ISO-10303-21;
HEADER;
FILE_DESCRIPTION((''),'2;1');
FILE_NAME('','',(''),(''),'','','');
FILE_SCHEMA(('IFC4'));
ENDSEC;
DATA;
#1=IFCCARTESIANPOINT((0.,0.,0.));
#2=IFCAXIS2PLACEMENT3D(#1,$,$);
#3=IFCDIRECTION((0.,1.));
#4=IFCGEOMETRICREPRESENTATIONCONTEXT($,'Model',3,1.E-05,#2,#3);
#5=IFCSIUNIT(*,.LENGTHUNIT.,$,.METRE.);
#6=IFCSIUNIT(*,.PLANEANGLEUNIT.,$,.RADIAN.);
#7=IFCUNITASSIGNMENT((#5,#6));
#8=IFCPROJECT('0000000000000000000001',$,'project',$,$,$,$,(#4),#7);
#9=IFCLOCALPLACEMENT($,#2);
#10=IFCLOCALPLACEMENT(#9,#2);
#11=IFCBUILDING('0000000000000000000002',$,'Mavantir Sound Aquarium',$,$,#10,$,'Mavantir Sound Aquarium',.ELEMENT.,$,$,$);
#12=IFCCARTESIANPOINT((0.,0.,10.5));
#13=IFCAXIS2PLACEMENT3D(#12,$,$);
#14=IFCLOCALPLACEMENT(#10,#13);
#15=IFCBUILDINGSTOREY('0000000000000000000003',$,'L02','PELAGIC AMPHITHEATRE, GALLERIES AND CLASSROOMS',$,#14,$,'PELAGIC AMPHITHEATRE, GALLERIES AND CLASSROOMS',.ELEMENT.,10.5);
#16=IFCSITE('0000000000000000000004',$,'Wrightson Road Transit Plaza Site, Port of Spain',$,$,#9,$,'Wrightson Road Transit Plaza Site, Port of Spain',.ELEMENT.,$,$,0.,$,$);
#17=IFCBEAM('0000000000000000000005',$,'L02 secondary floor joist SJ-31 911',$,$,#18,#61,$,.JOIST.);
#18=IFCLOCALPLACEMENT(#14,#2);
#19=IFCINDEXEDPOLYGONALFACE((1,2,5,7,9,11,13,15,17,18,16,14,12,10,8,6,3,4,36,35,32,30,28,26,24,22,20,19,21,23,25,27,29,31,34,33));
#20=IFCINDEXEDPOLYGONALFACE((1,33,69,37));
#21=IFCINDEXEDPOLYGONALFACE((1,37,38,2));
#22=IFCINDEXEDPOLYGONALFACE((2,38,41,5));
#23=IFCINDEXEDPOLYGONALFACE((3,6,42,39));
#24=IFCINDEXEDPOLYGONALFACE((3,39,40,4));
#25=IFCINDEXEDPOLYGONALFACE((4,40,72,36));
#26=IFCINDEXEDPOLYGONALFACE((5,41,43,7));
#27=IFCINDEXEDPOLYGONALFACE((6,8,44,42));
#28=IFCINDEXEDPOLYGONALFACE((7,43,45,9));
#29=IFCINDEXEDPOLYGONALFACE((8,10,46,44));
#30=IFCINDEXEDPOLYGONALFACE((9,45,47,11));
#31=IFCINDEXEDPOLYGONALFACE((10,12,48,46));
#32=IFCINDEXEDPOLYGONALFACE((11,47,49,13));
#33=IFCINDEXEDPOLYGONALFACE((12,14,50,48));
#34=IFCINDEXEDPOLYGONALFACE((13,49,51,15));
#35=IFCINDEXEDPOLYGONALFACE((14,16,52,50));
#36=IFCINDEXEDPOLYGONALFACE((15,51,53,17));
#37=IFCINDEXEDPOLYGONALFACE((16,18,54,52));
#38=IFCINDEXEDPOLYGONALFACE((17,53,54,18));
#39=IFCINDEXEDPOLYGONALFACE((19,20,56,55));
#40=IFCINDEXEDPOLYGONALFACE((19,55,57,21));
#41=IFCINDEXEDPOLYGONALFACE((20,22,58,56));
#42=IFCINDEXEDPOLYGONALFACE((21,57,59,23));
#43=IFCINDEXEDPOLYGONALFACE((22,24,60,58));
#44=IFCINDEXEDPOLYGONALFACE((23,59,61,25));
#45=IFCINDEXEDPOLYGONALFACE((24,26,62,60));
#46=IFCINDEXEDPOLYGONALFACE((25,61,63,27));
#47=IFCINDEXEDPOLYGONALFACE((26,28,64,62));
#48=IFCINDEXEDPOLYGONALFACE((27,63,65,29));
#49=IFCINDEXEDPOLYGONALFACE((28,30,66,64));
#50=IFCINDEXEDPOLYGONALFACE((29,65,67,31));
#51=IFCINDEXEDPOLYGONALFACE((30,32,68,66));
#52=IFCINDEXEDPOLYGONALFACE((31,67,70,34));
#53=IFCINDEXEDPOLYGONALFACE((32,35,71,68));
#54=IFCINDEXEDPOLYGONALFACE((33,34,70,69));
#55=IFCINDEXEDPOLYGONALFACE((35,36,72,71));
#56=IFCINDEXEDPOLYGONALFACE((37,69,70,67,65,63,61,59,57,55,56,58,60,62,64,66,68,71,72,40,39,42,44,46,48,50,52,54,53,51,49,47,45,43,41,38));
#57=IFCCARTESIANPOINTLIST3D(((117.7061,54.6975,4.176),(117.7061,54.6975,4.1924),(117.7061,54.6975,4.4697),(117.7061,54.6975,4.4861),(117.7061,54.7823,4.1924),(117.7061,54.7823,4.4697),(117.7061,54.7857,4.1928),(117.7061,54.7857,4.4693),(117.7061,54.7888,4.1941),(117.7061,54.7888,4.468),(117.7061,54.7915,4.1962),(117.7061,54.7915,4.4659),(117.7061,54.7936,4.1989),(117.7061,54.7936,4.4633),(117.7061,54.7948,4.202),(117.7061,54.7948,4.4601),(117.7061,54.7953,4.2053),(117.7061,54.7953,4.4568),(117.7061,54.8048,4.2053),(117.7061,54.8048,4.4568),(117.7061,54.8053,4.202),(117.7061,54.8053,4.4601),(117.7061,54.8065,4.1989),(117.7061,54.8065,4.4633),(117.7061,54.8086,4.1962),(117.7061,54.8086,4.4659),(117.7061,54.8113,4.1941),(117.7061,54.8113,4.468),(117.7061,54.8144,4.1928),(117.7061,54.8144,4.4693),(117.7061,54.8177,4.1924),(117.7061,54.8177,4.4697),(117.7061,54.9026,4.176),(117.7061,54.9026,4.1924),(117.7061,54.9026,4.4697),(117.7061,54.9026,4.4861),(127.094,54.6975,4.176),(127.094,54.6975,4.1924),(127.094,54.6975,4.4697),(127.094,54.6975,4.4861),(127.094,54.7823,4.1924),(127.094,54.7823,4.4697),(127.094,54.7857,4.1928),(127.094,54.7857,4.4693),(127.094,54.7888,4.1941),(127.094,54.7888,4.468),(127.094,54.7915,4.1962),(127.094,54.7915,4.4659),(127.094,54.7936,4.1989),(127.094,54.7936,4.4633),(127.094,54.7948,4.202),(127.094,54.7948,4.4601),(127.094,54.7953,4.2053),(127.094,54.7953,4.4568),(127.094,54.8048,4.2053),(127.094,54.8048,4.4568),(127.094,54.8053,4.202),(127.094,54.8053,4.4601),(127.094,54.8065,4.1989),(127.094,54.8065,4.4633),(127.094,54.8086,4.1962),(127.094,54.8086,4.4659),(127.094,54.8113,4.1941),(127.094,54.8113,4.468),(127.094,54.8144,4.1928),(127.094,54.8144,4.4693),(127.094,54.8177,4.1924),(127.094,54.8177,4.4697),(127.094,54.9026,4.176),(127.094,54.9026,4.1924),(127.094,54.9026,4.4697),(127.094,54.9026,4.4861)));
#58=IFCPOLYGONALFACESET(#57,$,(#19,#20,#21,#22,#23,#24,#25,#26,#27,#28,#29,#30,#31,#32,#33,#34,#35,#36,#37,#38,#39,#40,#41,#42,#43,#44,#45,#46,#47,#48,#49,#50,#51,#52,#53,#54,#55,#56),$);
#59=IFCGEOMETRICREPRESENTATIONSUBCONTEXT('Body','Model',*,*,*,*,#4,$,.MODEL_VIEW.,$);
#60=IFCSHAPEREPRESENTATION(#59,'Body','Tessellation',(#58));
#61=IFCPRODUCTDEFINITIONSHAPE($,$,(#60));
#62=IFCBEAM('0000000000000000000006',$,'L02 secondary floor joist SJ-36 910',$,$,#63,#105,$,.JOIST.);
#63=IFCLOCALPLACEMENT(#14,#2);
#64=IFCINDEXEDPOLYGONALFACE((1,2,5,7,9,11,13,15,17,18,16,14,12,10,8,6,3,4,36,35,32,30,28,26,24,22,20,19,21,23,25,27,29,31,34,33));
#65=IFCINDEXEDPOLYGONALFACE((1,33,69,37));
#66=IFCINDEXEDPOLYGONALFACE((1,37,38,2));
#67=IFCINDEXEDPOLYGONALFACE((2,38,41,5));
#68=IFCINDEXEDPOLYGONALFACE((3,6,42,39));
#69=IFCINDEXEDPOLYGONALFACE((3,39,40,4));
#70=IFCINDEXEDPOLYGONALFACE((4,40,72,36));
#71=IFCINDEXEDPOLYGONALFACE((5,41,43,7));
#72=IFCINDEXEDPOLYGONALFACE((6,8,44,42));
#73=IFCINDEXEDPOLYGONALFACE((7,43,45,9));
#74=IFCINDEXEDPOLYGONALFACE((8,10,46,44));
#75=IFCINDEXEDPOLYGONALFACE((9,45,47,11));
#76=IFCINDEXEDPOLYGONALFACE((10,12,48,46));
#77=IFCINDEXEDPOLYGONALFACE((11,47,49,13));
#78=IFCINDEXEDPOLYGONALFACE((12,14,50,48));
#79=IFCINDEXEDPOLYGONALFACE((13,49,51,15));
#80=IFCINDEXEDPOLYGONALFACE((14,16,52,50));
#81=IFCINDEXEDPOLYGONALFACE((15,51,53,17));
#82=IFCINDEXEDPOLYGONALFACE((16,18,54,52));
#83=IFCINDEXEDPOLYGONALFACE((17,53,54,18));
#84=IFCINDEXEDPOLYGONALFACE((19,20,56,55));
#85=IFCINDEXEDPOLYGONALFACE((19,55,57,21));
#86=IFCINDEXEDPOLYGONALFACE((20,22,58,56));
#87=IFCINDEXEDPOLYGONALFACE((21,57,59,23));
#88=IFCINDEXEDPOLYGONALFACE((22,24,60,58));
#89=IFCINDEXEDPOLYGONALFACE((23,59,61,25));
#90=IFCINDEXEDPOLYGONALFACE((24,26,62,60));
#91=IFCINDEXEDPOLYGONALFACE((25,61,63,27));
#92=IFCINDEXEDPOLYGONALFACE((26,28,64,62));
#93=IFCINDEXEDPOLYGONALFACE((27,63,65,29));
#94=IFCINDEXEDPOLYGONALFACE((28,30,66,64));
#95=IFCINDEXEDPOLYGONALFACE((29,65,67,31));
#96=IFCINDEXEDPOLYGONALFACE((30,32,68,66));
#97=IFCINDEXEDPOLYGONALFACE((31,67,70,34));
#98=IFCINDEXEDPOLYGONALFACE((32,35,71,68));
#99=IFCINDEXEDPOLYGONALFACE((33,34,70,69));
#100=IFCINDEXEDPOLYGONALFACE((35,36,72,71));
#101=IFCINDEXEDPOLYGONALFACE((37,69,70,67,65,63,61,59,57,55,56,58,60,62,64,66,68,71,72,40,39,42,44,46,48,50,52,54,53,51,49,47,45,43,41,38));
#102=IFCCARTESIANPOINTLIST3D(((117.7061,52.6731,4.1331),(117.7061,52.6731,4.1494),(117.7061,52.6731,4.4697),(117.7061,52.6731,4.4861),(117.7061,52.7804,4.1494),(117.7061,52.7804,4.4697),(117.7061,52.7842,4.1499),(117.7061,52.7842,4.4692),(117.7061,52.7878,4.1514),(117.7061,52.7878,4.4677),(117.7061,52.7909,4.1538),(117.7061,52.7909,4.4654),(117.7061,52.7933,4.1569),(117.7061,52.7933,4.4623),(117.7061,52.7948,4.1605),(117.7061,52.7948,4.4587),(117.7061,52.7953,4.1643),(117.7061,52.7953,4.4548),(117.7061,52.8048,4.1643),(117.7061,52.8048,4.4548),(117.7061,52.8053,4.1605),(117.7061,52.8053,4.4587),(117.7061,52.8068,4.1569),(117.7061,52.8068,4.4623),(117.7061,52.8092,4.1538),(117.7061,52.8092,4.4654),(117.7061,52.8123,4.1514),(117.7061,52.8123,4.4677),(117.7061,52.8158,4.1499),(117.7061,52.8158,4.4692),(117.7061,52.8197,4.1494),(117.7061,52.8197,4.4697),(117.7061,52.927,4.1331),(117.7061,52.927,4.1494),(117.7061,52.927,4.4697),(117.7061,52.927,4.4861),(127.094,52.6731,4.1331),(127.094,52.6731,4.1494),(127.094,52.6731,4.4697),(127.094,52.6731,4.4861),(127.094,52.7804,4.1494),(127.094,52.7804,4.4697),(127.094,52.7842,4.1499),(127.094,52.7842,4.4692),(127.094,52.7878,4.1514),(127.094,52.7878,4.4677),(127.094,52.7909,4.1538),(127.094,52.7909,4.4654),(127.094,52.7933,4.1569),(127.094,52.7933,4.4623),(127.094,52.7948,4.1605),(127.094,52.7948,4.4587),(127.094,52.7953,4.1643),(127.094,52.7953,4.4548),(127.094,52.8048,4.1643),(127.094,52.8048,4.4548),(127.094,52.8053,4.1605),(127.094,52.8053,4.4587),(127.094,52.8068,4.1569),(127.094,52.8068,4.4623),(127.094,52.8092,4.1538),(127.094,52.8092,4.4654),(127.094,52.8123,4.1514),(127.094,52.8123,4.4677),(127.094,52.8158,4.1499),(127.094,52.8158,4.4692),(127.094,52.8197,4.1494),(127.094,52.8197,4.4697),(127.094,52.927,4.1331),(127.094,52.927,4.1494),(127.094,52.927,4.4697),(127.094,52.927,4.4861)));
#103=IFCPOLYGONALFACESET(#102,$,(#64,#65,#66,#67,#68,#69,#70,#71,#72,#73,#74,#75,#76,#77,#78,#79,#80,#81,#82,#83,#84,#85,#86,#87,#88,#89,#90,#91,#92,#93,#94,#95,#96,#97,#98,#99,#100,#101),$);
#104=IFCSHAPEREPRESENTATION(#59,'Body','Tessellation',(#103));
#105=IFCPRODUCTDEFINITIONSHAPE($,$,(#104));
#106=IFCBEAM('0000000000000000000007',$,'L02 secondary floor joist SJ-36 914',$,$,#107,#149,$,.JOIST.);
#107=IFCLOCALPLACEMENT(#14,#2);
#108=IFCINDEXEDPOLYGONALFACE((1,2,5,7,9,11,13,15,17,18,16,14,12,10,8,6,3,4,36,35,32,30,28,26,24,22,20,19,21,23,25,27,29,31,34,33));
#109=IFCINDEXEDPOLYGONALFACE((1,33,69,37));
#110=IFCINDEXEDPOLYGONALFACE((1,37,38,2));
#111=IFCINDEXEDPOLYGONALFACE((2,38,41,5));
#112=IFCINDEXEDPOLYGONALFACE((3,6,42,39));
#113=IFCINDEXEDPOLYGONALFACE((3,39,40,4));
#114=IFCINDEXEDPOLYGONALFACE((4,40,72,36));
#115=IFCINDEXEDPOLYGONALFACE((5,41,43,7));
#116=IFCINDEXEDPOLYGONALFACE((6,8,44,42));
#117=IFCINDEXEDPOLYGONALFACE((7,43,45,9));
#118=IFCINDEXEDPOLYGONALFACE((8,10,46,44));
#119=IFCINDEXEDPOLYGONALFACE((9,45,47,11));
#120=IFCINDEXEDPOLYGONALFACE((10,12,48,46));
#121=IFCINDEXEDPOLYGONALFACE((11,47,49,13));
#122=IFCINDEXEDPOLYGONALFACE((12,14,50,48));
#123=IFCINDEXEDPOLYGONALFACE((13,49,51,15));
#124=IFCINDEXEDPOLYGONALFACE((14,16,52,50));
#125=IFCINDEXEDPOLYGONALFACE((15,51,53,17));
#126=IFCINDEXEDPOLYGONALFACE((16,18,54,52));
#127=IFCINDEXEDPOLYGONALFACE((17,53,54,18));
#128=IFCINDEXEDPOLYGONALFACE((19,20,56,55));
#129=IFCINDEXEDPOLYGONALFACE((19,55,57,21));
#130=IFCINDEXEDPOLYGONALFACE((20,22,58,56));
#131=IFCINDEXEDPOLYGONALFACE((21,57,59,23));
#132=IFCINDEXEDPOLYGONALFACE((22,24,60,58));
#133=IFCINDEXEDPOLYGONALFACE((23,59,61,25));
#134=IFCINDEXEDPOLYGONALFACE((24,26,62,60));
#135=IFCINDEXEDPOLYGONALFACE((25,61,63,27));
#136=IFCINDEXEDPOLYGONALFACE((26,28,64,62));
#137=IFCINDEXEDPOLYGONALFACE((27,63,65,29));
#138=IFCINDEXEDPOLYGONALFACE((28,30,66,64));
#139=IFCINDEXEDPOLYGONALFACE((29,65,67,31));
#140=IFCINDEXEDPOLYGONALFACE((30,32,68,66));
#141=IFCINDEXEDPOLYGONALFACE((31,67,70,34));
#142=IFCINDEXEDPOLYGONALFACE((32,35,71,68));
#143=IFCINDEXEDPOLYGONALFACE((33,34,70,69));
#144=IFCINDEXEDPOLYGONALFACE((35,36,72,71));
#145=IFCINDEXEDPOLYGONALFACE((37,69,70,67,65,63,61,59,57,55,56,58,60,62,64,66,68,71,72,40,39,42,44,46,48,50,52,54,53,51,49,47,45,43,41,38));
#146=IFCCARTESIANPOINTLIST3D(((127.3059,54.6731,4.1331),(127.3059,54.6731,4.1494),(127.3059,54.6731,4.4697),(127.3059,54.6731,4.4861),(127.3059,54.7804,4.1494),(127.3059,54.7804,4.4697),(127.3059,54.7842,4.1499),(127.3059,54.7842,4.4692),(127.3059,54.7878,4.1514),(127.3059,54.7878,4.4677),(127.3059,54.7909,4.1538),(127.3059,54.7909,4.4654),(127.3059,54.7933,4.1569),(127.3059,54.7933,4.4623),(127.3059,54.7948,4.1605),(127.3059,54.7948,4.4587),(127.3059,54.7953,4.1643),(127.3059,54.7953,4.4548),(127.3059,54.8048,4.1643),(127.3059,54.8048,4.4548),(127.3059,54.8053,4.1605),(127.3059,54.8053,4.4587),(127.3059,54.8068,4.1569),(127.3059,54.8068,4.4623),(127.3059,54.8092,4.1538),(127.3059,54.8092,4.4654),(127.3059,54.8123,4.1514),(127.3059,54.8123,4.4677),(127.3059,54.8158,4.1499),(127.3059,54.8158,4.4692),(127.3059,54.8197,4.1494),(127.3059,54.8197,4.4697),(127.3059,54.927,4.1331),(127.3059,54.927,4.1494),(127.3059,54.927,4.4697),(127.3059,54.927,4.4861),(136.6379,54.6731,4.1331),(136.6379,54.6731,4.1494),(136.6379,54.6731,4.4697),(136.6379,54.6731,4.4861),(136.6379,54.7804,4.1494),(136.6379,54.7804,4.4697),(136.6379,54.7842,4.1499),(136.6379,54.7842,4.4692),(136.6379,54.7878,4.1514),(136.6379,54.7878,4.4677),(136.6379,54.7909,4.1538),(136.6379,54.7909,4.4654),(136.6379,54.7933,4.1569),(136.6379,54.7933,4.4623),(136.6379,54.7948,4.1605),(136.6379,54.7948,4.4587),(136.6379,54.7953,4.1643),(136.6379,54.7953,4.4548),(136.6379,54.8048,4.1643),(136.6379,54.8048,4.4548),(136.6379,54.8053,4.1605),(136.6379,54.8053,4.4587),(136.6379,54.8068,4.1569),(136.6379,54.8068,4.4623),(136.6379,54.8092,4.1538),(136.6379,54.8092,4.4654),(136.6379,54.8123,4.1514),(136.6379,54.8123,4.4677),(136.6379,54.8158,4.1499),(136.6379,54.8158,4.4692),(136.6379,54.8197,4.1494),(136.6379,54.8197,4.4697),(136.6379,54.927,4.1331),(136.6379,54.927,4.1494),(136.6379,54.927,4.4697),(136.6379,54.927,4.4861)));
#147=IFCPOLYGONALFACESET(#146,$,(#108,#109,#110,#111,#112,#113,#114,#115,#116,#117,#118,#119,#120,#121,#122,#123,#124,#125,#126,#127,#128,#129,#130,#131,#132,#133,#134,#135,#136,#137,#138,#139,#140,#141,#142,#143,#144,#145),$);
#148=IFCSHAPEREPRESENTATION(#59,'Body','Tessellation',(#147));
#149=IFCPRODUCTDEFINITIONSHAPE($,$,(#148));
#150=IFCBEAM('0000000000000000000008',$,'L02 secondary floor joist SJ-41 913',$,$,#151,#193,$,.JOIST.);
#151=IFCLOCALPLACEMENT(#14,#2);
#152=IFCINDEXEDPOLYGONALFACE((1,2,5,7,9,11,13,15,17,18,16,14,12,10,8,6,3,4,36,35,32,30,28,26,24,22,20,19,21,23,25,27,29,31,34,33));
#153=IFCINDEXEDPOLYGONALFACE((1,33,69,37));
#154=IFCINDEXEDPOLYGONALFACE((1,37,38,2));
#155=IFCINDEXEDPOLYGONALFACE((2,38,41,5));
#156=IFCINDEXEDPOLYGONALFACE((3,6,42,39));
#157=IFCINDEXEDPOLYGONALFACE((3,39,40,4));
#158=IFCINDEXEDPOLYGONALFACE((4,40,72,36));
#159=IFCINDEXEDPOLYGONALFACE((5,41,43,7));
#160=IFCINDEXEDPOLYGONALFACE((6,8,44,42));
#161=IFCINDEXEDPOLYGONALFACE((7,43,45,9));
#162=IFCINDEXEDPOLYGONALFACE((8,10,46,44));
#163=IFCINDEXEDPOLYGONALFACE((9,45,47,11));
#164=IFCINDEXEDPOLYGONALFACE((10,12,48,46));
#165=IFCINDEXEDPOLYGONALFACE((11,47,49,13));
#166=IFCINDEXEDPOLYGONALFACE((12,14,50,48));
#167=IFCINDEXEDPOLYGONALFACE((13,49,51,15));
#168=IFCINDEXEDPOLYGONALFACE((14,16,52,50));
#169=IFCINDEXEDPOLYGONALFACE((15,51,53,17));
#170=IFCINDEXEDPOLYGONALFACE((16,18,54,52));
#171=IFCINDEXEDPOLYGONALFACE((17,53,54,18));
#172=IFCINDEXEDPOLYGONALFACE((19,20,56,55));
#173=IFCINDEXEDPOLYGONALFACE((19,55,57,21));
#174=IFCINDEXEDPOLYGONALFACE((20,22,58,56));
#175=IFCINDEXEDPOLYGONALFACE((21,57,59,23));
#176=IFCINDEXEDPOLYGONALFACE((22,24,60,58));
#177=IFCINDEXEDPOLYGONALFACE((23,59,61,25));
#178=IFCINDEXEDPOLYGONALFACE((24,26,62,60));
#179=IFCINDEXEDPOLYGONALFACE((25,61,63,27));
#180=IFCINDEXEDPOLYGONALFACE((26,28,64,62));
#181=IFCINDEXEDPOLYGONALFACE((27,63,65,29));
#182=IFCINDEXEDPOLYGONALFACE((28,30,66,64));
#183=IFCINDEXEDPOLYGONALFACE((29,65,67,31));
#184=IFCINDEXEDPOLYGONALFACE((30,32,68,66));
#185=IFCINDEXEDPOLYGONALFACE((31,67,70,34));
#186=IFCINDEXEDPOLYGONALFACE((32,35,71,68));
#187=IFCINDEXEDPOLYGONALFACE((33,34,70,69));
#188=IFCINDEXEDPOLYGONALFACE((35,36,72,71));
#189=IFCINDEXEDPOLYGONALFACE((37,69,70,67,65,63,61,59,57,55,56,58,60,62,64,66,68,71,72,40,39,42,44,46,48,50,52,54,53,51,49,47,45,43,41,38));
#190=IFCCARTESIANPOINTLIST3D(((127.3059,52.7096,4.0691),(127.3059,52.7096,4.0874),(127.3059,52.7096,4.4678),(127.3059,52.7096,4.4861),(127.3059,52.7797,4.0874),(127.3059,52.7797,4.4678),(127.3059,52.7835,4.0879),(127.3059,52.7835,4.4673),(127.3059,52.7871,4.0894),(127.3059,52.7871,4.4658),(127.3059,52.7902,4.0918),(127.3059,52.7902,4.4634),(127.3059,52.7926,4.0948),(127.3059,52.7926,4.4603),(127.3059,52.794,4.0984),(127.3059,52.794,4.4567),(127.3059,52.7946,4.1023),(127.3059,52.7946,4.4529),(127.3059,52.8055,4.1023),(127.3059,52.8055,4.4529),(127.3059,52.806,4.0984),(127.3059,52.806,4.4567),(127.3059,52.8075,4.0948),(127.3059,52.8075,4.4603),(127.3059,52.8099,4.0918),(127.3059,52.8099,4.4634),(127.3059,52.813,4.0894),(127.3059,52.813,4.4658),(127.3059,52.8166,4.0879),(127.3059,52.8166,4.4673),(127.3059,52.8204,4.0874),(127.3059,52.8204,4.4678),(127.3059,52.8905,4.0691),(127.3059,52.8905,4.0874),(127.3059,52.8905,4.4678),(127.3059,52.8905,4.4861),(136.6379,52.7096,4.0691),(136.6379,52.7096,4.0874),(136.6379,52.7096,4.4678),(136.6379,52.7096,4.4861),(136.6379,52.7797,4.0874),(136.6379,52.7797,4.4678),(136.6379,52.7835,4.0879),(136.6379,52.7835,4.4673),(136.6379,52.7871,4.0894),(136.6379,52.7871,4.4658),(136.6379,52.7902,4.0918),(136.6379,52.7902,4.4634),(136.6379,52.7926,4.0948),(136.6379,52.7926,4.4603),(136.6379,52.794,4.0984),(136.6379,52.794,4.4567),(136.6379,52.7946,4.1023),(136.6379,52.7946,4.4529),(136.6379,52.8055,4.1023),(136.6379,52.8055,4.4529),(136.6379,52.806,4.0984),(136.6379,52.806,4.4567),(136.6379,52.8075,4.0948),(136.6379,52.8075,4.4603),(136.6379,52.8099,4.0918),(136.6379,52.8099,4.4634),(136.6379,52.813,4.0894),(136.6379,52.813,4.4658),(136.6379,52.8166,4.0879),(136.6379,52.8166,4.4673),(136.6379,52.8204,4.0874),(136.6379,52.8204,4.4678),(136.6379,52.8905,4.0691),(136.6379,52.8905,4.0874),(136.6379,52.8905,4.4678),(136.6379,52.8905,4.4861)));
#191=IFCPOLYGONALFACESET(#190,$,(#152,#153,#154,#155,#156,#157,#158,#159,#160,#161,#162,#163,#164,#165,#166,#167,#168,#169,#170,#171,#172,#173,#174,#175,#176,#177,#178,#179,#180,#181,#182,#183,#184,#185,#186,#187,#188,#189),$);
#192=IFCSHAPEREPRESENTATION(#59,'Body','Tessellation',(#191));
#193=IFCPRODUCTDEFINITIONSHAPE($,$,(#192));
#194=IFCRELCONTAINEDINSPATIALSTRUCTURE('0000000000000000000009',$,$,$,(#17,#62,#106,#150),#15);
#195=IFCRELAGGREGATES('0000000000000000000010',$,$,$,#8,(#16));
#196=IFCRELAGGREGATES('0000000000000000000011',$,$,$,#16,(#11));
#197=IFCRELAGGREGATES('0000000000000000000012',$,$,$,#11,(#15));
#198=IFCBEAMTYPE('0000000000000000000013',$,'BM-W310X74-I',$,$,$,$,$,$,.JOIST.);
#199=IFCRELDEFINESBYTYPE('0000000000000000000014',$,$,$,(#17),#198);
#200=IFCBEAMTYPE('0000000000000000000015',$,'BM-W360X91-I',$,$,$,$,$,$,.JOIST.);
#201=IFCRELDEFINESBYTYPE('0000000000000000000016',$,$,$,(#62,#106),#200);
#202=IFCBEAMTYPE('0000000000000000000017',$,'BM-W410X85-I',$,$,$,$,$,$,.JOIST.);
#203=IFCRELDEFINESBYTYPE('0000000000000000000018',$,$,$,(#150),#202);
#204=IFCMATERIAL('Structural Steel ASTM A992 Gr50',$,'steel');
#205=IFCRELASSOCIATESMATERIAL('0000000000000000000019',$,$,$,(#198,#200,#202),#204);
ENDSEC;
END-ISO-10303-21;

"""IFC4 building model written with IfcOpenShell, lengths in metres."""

from ifc_helpers import new_model, si_unit, direction, frame, origin, origin_2d, place, context, subcontext, project, spatial, i_section, extrude, material, material_profile, profile_set, type_object, element, save


model = new_model("IFC4")

# Units and contexts
model_context = context("Model", 3, precision=1e-05, world=origin(), true_north=direction((0.0, 1.0)))
body_context = subcontext(model_context, "Body", "Model", "MODEL_VIEW")
ifc_project = project(units=[si_unit("LENGTHUNIT", "METRE"), si_unit("PLANEANGLEUNIT", "RADIAN")], contexts=[model_context])

# Site, building, storey
site_placement = place(None, origin())
site = spatial("IfcSite", under=ifc_project, at=site_placement, Name="Wrightson Road Transit Plaza Site, Port of Spain", LongName="Wrightson Road Transit Plaza Site, Port of Spain", CompositionType="ELEMENT", RefElevation=0.0)
building_placement = place(site_placement, origin())
building = spatial("IfcBuilding", under=site, at=building_placement, Name="Mavantir Sound Aquarium", LongName="Mavantir Sound Aquarium", CompositionType="ELEMENT")
storey_placement = place(building_placement, frame((0.0, 0.0, 10.5)))
storey = spatial("IfcBuildingStorey", under=building, at=storey_placement, Name="L02", Description="PELAGIC AMPHITHEATRE, GALLERIES AND CLASSROOMS", LongName="PELAGIC AMPHITHEATRE, GALLERIES AND CLASSROOMS", CompositionType="ELEMENT", Elevation=10.5)

# Beams
ifc_material_1 = material(Name="Structural Steel ASTM A992 Gr50", Category="steel")
ifc_material_profile_1 = material_profile(ifc_material_1, i_section(OverallWidth=0.2051, OverallDepth=0.3101, WebThickness=0.0095, FlangeThickness=0.0164, FilletRadius=0.0129, at=origin_2d()), Name="W310X74")
ifc_profile_set_1 = profile_set([ifc_material_profile_1], Name="Structural Steel ASTM A992 Gr50")
beam_type_1 = type_object("IfcBeamType", Name="BM-W310X74-I", PredefinedType="JOIST", material=ifc_profile_set_1)
beam_1_placement = place(storey_placement, frame((117.7061, 54.8, 4.3311), z_axis=(1.0, 0.0, 0.0), x_axis=(0.0, 1.0, 0.0)))
element("IfcBeam", 1, at=beam_1_placement, inside=storey, type_object=beam_type_1, Name="L02 secondary floor joist SJ-31 911", PredefinedType="JOIST", context=body_context, shape_type="SweptSolid", body=[
    extrude(i_section(OverallWidth=0.2051, OverallDepth=0.3101, WebThickness=0.0095, FlangeThickness=0.0164, FilletRadius=0.0129, at=origin_2d()), origin(), (0.0, 0.0, 1.0), 9.3879),
])
ifc_material_profile_2 = material_profile(ifc_material_1, i_section(OverallWidth=0.2539, OverallDepth=0.353, WebThickness=0.0095, FlangeThickness=0.0164, FilletRadius=0.0149, at=origin_2d()), Name="W360X91")
ifc_profile_set_2 = profile_set([ifc_material_profile_2], Name="Structural Steel ASTM A992 Gr50")
beam_type_2 = type_object("IfcBeamType", Name="BM-W360X91-I", PredefinedType="JOIST", material=ifc_profile_set_2)
beam_2_placement = place(storey_placement, frame((117.7061, 52.8, 4.3096), z_axis=(1.0, 0.0, 0.0), x_axis=(0.0, 1.0, 0.0)))
element("IfcBeam", 2, at=beam_2_placement, inside=storey, type_object=beam_type_2, Name="L02 secondary floor joist SJ-36 910", PredefinedType="JOIST", context=body_context, shape_type="SweptSolid", body=[
    extrude(i_section(OverallWidth=0.2539, OverallDepth=0.353, WebThickness=0.0095, FlangeThickness=0.0164, FilletRadius=0.0149, at=origin_2d()), origin(), (0.0, 0.0, 1.0), 9.3879),
])
beam_3_placement = place(storey_placement, frame((127.3059, 54.8, 4.3096), z_axis=(1.0, 0.0, 0.0), x_axis=(0.0, 1.0, 0.0)))
element("IfcBeam", 3, at=beam_3_placement, inside=storey, type_object=beam_type_2, Name="L02 secondary floor joist SJ-36 914", PredefinedType="JOIST", context=body_context, shape_type="SweptSolid", body=[
    extrude(i_section(OverallWidth=0.2539, OverallDepth=0.353, WebThickness=0.0095, FlangeThickness=0.0164, FilletRadius=0.0149, at=origin_2d()), origin(), (0.0, 0.0, 1.0), 9.332),
])
ifc_material_profile_3 = material_profile(ifc_material_1, i_section(OverallWidth=0.1809, OverallDepth=0.417, WebThickness=0.011, FlangeThickness=0.0183, FilletRadius=0.0149, at=origin_2d()), Name="W410X85")
ifc_profile_set_3 = profile_set([ifc_material_profile_3], Name="Structural Steel ASTM A992 Gr50")
beam_type_3 = type_object("IfcBeamType", Name="BM-W410X85-I", PredefinedType="JOIST", material=ifc_profile_set_3)
beam_4_placement = place(storey_placement, frame((127.3059, 52.8, 4.2776), z_axis=(1.0, 0.0, 0.0), x_axis=(0.0, 1.0, 0.0)))
element("IfcBeam", 4, at=beam_4_placement, inside=storey, type_object=beam_type_3, Name="L02 secondary floor joist SJ-41 913", PredefinedType="JOIST", context=body_context, shape_type="SweptSolid", body=[
    extrude(i_section(OverallWidth=0.1809, OverallDepth=0.417, WebThickness=0.011, FlangeThickness=0.0183, FilletRadius=0.0149, at=origin_2d()), origin(), (0.0, 0.0, 1.0), 9.332),
])

save(model, "model.ifc")
